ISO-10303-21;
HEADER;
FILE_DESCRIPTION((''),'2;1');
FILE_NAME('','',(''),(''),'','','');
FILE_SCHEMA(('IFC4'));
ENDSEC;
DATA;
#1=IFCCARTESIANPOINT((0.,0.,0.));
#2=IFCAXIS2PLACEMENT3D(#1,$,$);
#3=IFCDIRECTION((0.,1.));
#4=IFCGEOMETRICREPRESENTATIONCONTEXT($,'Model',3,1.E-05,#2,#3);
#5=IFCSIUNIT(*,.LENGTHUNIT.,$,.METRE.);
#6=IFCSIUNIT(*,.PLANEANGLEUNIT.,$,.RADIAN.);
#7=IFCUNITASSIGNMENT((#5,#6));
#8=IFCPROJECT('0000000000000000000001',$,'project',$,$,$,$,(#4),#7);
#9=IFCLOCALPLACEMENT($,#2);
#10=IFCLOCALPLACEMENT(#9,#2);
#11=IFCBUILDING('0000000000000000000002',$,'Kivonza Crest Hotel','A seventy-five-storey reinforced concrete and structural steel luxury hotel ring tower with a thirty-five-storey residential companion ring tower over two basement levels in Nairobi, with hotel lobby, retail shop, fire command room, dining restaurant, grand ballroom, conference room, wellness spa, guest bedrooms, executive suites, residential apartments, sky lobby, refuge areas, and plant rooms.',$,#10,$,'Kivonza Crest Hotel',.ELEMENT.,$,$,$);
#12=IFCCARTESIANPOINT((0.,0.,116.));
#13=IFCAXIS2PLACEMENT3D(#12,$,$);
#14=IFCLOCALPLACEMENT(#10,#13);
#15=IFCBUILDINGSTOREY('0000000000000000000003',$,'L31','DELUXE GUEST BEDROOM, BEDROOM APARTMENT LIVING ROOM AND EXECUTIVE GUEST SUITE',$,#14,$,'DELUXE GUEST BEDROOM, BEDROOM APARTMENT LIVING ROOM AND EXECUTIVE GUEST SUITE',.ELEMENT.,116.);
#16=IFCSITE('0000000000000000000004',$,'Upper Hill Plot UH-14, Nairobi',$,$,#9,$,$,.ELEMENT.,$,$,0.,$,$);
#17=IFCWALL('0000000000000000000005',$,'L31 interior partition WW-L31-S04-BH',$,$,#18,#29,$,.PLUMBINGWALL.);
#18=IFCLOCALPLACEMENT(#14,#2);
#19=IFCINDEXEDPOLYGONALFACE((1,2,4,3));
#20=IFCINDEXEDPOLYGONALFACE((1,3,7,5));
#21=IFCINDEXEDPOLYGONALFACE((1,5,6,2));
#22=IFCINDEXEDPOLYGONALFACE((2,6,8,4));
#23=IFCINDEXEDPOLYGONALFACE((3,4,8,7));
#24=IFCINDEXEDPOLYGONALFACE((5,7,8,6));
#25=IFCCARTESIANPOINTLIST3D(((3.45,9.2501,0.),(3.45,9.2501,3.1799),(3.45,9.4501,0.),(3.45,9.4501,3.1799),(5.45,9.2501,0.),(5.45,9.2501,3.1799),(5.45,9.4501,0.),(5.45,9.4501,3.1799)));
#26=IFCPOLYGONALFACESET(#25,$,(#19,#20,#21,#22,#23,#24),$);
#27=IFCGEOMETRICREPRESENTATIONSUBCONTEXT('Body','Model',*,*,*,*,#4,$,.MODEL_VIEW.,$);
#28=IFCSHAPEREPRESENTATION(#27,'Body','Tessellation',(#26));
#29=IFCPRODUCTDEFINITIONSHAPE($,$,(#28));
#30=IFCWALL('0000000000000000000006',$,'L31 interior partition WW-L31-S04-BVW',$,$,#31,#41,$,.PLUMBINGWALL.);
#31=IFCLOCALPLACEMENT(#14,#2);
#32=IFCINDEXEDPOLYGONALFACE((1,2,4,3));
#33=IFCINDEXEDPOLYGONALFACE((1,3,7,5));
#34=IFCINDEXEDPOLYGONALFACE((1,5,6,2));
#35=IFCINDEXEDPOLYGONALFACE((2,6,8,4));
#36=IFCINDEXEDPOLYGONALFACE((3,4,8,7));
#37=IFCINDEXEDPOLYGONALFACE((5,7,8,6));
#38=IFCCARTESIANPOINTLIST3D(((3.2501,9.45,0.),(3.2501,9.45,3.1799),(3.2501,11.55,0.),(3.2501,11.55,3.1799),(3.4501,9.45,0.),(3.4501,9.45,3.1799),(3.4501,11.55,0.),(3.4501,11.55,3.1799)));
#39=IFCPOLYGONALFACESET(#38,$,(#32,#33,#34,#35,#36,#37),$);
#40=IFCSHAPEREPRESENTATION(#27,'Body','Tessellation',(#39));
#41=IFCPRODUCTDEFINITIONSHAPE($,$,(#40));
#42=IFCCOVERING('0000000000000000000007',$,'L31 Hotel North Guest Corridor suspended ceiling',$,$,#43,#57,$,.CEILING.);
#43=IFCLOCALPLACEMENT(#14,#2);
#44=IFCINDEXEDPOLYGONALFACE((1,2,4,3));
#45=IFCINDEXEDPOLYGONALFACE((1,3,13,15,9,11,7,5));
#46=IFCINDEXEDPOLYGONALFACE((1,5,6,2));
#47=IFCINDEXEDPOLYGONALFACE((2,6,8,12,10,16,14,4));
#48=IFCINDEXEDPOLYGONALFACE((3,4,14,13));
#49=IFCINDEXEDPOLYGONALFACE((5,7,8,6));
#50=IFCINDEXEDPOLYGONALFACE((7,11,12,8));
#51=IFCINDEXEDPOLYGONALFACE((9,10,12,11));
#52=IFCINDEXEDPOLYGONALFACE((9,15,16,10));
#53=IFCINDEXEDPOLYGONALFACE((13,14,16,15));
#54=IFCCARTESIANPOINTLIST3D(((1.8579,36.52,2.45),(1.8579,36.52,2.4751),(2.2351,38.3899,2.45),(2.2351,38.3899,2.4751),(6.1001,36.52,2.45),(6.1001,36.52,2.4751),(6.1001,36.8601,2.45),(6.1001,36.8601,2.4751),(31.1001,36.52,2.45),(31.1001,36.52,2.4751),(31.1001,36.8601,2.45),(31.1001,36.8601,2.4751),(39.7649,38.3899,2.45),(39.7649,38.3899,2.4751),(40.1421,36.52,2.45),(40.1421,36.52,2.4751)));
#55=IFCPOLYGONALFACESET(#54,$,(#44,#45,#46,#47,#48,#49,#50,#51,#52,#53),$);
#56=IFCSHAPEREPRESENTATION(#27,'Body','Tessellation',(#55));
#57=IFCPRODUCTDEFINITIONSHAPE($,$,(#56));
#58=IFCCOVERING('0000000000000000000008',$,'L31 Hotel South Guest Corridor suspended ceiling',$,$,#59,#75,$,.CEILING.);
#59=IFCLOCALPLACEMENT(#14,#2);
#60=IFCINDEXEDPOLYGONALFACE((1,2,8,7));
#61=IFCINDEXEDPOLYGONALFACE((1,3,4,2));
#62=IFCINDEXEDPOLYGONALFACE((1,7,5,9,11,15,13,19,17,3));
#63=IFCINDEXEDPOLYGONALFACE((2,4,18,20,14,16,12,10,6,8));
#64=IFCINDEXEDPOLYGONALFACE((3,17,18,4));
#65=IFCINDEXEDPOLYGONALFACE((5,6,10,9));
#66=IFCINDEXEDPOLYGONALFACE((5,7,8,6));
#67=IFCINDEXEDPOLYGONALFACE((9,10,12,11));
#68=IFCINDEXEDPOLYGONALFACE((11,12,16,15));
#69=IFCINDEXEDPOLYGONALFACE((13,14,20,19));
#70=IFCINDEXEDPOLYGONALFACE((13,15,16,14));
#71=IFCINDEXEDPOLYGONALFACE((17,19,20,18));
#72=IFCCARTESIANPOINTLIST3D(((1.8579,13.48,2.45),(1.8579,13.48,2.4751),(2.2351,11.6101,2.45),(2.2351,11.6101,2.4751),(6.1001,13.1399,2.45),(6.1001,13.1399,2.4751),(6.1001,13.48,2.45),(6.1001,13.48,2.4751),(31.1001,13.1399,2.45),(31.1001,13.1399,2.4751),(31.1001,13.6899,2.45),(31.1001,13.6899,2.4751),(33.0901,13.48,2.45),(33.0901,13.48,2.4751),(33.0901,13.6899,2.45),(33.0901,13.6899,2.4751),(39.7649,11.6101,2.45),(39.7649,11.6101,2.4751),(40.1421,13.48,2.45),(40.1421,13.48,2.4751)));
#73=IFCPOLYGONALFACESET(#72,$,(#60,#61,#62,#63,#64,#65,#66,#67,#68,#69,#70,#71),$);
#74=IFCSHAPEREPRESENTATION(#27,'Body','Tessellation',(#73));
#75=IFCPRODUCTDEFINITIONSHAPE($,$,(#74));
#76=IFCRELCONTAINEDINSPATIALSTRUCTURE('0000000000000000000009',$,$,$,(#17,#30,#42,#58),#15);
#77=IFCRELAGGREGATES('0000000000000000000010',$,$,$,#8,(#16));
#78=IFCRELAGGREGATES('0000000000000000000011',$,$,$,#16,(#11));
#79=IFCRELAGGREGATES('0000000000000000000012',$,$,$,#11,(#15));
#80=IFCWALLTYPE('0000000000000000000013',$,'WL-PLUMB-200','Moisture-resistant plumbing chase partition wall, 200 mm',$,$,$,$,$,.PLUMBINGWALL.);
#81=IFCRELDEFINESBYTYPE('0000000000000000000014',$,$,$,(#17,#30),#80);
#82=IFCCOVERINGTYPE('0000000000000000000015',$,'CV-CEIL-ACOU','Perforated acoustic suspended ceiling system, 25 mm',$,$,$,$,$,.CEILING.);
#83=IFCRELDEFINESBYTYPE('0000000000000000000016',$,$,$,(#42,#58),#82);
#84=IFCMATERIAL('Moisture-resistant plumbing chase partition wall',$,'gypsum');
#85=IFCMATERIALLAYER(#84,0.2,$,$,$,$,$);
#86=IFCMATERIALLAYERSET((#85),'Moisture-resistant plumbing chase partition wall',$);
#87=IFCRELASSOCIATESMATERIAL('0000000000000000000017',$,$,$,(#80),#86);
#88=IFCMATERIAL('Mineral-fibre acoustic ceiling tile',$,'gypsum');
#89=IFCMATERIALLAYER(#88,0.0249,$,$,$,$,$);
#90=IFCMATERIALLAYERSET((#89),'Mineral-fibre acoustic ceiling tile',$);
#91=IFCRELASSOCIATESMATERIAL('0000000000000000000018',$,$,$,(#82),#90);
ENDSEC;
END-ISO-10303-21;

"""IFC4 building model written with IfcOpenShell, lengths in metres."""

from ifc_helpers import new_model, si_unit, direction, frame, frame_2d, origin, place, context, subcontext, project, spatial, polyline, rectangle, outline, extrude, material, layer, layer_set, type_object, element, save


model = new_model("IFC4")

# Units and contexts
model_context = context("Model", 3, precision=1e-05, world=origin(), true_north=direction((0.0, 1.0)))
body_context = subcontext(model_context, "Body", "Model", "MODEL_VIEW")
ifc_project = project(units=[si_unit("LENGTHUNIT", "METRE"), si_unit("PLANEANGLEUNIT", "RADIAN")], contexts=[model_context])

# Site, building, storey
site_placement = place(None, origin())
site = spatial("IfcSite", under=ifc_project, at=site_placement, Name="Upper Hill Plot UH-14, Nairobi", CompositionType="ELEMENT", RefElevation=0.0)
building_placement = place(site_placement, origin())
building = spatial("IfcBuilding", under=site, at=building_placement, Name="Kivonza Crest Hotel", Description="A seventy-five-storey reinforced concrete and structural steel luxury hotel ring tower with a thirty-five-storey residential companion ring tower over two basement levels in Nairobi, with hotel lobby, retail shop, fire command room, dining restaurant, grand ballroom, conference room, wellness spa, guest bedrooms, executive suites, residential apartments, sky lobby, refuge areas, and plant rooms.", LongName="Kivonza Crest Hotel", CompositionType="ELEMENT")
storey_placement = place(building_placement, frame((0.0, 0.0, 116.0)))
storey = spatial("IfcBuildingStorey", under=building, at=storey_placement, Name="L31", Description="DELUXE GUEST BEDROOM, BEDROOM APARTMENT LIVING ROOM AND EXECUTIVE GUEST SUITE", LongName="DELUXE GUEST BEDROOM, BEDROOM APARTMENT LIVING ROOM AND EXECUTIVE GUEST SUITE", CompositionType="ELEMENT", Elevation=116.0)

# Walls
ifc_material_1 = material(Name="Moisture-resistant plumbing chase partition wall", Category="gypsum")
ifc_layer_1 = layer(ifc_material_1, 0.2)
ifc_layer_set_1 = layer_set([ifc_layer_1], Name="Moisture-resistant plumbing chase partition wall")
wall_type_1 = type_object("IfcWallType", Name="WL-PLUMB-200", Description="Moisture-resistant plumbing chase partition wall, 200 mm", PredefinedType="PLUMBINGWALL", material=ifc_layer_set_1)
wall_1_placement = place(storey_placement, frame((3.45, 9.3501, 0.0), z_axis=(0.0, 0.0, 1.0), x_axis=(1.0, 0.0, 0.0)))
element("IfcWall", 1, at=wall_1_placement, inside=storey, type_object=wall_type_1, Name="L31 interior partition WW-L31-S04-BH", PredefinedType="PLUMBINGWALL", context=body_context, shape_type="SweptSolid", body=[
    extrude(rectangle(XDim=2.0, YDim=0.2, at=frame_2d((1.0, 0.0))), origin(), (0.0, 0.0, 1.0), 3.1799),
])
wall_2_placement = place(storey_placement, frame((3.3501, 9.45, 0.0), z_axis=(0.0, 0.0, 1.0), x_axis=(0.0, 1.0, 0.0)))
element("IfcWall", 2, at=wall_2_placement, inside=storey, type_object=wall_type_1, Name="L31 interior partition WW-L31-S04-BVW", PredefinedType="PLUMBINGWALL", context=body_context, shape_type="SweptSolid", body=[
    extrude(rectangle(XDim=2.1001, YDim=0.2, at=frame_2d((1.05, 0.0))), origin(), (0.0, 0.0, 1.0), 3.1799),
])

# Coverings
ifc_material_2 = material(Name="Mineral-fibre acoustic ceiling tile", Category="gypsum")
ifc_layer_2 = layer(ifc_material_2, 0.0249)
ifc_layer_set_2 = layer_set([ifc_layer_2], Name="Mineral-fibre acoustic ceiling tile")
covering_type = type_object("IfcCoveringType", Name="CV-CEIL-ACOU", Description="Perforated acoustic suspended ceiling system, 25 mm", PredefinedType="CEILING", material=ifc_layer_set_2)
covering_1_placement = place(storey_placement, frame((0.0, 0.0, 2.45)))
element("IfcCovering", 3, at=covering_1_placement, inside=storey, type_object=covering_type, Name="L31 Hotel North Guest Corridor suspended ceiling", PredefinedType="CEILING", context=body_context, shape_type="SweptSolid", body=[
    extrude(outline(polyline([(2.2351, 38.3899), (1.8579, 36.52), (6.1001, 36.52), (6.1001, 36.8601), (31.1001, 36.8601), (31.1001, 36.52), (40.1421, 36.52), (39.7649, 38.3899), (2.2351, 38.3899)])), origin(), (0.0, 0.0, 1.0), 0.0251),
])
covering_2_placement = place(storey_placement, frame((0.0, 0.0, 2.45)))
element("IfcCovering", 4, at=covering_2_placement, inside=storey, type_object=covering_type, Name="L31 Hotel South Guest Corridor suspended ceiling", PredefinedType="CEILING", context=body_context, shape_type="SweptSolid", body=[
    extrude(outline(polyline([(33.0901, 13.48), (33.0901, 13.6899), (31.1001, 13.6899), (31.1001, 13.1399), (6.1001, 13.1399), (6.1001, 13.48), (1.8579, 13.48), (2.2351, 11.6101), (39.7649, 11.6101), (40.1421, 13.48), (33.0901, 13.48)])), origin(), (0.0, 0.0, 1.0), 0.0251),
])

save(model, "model.ifc")
